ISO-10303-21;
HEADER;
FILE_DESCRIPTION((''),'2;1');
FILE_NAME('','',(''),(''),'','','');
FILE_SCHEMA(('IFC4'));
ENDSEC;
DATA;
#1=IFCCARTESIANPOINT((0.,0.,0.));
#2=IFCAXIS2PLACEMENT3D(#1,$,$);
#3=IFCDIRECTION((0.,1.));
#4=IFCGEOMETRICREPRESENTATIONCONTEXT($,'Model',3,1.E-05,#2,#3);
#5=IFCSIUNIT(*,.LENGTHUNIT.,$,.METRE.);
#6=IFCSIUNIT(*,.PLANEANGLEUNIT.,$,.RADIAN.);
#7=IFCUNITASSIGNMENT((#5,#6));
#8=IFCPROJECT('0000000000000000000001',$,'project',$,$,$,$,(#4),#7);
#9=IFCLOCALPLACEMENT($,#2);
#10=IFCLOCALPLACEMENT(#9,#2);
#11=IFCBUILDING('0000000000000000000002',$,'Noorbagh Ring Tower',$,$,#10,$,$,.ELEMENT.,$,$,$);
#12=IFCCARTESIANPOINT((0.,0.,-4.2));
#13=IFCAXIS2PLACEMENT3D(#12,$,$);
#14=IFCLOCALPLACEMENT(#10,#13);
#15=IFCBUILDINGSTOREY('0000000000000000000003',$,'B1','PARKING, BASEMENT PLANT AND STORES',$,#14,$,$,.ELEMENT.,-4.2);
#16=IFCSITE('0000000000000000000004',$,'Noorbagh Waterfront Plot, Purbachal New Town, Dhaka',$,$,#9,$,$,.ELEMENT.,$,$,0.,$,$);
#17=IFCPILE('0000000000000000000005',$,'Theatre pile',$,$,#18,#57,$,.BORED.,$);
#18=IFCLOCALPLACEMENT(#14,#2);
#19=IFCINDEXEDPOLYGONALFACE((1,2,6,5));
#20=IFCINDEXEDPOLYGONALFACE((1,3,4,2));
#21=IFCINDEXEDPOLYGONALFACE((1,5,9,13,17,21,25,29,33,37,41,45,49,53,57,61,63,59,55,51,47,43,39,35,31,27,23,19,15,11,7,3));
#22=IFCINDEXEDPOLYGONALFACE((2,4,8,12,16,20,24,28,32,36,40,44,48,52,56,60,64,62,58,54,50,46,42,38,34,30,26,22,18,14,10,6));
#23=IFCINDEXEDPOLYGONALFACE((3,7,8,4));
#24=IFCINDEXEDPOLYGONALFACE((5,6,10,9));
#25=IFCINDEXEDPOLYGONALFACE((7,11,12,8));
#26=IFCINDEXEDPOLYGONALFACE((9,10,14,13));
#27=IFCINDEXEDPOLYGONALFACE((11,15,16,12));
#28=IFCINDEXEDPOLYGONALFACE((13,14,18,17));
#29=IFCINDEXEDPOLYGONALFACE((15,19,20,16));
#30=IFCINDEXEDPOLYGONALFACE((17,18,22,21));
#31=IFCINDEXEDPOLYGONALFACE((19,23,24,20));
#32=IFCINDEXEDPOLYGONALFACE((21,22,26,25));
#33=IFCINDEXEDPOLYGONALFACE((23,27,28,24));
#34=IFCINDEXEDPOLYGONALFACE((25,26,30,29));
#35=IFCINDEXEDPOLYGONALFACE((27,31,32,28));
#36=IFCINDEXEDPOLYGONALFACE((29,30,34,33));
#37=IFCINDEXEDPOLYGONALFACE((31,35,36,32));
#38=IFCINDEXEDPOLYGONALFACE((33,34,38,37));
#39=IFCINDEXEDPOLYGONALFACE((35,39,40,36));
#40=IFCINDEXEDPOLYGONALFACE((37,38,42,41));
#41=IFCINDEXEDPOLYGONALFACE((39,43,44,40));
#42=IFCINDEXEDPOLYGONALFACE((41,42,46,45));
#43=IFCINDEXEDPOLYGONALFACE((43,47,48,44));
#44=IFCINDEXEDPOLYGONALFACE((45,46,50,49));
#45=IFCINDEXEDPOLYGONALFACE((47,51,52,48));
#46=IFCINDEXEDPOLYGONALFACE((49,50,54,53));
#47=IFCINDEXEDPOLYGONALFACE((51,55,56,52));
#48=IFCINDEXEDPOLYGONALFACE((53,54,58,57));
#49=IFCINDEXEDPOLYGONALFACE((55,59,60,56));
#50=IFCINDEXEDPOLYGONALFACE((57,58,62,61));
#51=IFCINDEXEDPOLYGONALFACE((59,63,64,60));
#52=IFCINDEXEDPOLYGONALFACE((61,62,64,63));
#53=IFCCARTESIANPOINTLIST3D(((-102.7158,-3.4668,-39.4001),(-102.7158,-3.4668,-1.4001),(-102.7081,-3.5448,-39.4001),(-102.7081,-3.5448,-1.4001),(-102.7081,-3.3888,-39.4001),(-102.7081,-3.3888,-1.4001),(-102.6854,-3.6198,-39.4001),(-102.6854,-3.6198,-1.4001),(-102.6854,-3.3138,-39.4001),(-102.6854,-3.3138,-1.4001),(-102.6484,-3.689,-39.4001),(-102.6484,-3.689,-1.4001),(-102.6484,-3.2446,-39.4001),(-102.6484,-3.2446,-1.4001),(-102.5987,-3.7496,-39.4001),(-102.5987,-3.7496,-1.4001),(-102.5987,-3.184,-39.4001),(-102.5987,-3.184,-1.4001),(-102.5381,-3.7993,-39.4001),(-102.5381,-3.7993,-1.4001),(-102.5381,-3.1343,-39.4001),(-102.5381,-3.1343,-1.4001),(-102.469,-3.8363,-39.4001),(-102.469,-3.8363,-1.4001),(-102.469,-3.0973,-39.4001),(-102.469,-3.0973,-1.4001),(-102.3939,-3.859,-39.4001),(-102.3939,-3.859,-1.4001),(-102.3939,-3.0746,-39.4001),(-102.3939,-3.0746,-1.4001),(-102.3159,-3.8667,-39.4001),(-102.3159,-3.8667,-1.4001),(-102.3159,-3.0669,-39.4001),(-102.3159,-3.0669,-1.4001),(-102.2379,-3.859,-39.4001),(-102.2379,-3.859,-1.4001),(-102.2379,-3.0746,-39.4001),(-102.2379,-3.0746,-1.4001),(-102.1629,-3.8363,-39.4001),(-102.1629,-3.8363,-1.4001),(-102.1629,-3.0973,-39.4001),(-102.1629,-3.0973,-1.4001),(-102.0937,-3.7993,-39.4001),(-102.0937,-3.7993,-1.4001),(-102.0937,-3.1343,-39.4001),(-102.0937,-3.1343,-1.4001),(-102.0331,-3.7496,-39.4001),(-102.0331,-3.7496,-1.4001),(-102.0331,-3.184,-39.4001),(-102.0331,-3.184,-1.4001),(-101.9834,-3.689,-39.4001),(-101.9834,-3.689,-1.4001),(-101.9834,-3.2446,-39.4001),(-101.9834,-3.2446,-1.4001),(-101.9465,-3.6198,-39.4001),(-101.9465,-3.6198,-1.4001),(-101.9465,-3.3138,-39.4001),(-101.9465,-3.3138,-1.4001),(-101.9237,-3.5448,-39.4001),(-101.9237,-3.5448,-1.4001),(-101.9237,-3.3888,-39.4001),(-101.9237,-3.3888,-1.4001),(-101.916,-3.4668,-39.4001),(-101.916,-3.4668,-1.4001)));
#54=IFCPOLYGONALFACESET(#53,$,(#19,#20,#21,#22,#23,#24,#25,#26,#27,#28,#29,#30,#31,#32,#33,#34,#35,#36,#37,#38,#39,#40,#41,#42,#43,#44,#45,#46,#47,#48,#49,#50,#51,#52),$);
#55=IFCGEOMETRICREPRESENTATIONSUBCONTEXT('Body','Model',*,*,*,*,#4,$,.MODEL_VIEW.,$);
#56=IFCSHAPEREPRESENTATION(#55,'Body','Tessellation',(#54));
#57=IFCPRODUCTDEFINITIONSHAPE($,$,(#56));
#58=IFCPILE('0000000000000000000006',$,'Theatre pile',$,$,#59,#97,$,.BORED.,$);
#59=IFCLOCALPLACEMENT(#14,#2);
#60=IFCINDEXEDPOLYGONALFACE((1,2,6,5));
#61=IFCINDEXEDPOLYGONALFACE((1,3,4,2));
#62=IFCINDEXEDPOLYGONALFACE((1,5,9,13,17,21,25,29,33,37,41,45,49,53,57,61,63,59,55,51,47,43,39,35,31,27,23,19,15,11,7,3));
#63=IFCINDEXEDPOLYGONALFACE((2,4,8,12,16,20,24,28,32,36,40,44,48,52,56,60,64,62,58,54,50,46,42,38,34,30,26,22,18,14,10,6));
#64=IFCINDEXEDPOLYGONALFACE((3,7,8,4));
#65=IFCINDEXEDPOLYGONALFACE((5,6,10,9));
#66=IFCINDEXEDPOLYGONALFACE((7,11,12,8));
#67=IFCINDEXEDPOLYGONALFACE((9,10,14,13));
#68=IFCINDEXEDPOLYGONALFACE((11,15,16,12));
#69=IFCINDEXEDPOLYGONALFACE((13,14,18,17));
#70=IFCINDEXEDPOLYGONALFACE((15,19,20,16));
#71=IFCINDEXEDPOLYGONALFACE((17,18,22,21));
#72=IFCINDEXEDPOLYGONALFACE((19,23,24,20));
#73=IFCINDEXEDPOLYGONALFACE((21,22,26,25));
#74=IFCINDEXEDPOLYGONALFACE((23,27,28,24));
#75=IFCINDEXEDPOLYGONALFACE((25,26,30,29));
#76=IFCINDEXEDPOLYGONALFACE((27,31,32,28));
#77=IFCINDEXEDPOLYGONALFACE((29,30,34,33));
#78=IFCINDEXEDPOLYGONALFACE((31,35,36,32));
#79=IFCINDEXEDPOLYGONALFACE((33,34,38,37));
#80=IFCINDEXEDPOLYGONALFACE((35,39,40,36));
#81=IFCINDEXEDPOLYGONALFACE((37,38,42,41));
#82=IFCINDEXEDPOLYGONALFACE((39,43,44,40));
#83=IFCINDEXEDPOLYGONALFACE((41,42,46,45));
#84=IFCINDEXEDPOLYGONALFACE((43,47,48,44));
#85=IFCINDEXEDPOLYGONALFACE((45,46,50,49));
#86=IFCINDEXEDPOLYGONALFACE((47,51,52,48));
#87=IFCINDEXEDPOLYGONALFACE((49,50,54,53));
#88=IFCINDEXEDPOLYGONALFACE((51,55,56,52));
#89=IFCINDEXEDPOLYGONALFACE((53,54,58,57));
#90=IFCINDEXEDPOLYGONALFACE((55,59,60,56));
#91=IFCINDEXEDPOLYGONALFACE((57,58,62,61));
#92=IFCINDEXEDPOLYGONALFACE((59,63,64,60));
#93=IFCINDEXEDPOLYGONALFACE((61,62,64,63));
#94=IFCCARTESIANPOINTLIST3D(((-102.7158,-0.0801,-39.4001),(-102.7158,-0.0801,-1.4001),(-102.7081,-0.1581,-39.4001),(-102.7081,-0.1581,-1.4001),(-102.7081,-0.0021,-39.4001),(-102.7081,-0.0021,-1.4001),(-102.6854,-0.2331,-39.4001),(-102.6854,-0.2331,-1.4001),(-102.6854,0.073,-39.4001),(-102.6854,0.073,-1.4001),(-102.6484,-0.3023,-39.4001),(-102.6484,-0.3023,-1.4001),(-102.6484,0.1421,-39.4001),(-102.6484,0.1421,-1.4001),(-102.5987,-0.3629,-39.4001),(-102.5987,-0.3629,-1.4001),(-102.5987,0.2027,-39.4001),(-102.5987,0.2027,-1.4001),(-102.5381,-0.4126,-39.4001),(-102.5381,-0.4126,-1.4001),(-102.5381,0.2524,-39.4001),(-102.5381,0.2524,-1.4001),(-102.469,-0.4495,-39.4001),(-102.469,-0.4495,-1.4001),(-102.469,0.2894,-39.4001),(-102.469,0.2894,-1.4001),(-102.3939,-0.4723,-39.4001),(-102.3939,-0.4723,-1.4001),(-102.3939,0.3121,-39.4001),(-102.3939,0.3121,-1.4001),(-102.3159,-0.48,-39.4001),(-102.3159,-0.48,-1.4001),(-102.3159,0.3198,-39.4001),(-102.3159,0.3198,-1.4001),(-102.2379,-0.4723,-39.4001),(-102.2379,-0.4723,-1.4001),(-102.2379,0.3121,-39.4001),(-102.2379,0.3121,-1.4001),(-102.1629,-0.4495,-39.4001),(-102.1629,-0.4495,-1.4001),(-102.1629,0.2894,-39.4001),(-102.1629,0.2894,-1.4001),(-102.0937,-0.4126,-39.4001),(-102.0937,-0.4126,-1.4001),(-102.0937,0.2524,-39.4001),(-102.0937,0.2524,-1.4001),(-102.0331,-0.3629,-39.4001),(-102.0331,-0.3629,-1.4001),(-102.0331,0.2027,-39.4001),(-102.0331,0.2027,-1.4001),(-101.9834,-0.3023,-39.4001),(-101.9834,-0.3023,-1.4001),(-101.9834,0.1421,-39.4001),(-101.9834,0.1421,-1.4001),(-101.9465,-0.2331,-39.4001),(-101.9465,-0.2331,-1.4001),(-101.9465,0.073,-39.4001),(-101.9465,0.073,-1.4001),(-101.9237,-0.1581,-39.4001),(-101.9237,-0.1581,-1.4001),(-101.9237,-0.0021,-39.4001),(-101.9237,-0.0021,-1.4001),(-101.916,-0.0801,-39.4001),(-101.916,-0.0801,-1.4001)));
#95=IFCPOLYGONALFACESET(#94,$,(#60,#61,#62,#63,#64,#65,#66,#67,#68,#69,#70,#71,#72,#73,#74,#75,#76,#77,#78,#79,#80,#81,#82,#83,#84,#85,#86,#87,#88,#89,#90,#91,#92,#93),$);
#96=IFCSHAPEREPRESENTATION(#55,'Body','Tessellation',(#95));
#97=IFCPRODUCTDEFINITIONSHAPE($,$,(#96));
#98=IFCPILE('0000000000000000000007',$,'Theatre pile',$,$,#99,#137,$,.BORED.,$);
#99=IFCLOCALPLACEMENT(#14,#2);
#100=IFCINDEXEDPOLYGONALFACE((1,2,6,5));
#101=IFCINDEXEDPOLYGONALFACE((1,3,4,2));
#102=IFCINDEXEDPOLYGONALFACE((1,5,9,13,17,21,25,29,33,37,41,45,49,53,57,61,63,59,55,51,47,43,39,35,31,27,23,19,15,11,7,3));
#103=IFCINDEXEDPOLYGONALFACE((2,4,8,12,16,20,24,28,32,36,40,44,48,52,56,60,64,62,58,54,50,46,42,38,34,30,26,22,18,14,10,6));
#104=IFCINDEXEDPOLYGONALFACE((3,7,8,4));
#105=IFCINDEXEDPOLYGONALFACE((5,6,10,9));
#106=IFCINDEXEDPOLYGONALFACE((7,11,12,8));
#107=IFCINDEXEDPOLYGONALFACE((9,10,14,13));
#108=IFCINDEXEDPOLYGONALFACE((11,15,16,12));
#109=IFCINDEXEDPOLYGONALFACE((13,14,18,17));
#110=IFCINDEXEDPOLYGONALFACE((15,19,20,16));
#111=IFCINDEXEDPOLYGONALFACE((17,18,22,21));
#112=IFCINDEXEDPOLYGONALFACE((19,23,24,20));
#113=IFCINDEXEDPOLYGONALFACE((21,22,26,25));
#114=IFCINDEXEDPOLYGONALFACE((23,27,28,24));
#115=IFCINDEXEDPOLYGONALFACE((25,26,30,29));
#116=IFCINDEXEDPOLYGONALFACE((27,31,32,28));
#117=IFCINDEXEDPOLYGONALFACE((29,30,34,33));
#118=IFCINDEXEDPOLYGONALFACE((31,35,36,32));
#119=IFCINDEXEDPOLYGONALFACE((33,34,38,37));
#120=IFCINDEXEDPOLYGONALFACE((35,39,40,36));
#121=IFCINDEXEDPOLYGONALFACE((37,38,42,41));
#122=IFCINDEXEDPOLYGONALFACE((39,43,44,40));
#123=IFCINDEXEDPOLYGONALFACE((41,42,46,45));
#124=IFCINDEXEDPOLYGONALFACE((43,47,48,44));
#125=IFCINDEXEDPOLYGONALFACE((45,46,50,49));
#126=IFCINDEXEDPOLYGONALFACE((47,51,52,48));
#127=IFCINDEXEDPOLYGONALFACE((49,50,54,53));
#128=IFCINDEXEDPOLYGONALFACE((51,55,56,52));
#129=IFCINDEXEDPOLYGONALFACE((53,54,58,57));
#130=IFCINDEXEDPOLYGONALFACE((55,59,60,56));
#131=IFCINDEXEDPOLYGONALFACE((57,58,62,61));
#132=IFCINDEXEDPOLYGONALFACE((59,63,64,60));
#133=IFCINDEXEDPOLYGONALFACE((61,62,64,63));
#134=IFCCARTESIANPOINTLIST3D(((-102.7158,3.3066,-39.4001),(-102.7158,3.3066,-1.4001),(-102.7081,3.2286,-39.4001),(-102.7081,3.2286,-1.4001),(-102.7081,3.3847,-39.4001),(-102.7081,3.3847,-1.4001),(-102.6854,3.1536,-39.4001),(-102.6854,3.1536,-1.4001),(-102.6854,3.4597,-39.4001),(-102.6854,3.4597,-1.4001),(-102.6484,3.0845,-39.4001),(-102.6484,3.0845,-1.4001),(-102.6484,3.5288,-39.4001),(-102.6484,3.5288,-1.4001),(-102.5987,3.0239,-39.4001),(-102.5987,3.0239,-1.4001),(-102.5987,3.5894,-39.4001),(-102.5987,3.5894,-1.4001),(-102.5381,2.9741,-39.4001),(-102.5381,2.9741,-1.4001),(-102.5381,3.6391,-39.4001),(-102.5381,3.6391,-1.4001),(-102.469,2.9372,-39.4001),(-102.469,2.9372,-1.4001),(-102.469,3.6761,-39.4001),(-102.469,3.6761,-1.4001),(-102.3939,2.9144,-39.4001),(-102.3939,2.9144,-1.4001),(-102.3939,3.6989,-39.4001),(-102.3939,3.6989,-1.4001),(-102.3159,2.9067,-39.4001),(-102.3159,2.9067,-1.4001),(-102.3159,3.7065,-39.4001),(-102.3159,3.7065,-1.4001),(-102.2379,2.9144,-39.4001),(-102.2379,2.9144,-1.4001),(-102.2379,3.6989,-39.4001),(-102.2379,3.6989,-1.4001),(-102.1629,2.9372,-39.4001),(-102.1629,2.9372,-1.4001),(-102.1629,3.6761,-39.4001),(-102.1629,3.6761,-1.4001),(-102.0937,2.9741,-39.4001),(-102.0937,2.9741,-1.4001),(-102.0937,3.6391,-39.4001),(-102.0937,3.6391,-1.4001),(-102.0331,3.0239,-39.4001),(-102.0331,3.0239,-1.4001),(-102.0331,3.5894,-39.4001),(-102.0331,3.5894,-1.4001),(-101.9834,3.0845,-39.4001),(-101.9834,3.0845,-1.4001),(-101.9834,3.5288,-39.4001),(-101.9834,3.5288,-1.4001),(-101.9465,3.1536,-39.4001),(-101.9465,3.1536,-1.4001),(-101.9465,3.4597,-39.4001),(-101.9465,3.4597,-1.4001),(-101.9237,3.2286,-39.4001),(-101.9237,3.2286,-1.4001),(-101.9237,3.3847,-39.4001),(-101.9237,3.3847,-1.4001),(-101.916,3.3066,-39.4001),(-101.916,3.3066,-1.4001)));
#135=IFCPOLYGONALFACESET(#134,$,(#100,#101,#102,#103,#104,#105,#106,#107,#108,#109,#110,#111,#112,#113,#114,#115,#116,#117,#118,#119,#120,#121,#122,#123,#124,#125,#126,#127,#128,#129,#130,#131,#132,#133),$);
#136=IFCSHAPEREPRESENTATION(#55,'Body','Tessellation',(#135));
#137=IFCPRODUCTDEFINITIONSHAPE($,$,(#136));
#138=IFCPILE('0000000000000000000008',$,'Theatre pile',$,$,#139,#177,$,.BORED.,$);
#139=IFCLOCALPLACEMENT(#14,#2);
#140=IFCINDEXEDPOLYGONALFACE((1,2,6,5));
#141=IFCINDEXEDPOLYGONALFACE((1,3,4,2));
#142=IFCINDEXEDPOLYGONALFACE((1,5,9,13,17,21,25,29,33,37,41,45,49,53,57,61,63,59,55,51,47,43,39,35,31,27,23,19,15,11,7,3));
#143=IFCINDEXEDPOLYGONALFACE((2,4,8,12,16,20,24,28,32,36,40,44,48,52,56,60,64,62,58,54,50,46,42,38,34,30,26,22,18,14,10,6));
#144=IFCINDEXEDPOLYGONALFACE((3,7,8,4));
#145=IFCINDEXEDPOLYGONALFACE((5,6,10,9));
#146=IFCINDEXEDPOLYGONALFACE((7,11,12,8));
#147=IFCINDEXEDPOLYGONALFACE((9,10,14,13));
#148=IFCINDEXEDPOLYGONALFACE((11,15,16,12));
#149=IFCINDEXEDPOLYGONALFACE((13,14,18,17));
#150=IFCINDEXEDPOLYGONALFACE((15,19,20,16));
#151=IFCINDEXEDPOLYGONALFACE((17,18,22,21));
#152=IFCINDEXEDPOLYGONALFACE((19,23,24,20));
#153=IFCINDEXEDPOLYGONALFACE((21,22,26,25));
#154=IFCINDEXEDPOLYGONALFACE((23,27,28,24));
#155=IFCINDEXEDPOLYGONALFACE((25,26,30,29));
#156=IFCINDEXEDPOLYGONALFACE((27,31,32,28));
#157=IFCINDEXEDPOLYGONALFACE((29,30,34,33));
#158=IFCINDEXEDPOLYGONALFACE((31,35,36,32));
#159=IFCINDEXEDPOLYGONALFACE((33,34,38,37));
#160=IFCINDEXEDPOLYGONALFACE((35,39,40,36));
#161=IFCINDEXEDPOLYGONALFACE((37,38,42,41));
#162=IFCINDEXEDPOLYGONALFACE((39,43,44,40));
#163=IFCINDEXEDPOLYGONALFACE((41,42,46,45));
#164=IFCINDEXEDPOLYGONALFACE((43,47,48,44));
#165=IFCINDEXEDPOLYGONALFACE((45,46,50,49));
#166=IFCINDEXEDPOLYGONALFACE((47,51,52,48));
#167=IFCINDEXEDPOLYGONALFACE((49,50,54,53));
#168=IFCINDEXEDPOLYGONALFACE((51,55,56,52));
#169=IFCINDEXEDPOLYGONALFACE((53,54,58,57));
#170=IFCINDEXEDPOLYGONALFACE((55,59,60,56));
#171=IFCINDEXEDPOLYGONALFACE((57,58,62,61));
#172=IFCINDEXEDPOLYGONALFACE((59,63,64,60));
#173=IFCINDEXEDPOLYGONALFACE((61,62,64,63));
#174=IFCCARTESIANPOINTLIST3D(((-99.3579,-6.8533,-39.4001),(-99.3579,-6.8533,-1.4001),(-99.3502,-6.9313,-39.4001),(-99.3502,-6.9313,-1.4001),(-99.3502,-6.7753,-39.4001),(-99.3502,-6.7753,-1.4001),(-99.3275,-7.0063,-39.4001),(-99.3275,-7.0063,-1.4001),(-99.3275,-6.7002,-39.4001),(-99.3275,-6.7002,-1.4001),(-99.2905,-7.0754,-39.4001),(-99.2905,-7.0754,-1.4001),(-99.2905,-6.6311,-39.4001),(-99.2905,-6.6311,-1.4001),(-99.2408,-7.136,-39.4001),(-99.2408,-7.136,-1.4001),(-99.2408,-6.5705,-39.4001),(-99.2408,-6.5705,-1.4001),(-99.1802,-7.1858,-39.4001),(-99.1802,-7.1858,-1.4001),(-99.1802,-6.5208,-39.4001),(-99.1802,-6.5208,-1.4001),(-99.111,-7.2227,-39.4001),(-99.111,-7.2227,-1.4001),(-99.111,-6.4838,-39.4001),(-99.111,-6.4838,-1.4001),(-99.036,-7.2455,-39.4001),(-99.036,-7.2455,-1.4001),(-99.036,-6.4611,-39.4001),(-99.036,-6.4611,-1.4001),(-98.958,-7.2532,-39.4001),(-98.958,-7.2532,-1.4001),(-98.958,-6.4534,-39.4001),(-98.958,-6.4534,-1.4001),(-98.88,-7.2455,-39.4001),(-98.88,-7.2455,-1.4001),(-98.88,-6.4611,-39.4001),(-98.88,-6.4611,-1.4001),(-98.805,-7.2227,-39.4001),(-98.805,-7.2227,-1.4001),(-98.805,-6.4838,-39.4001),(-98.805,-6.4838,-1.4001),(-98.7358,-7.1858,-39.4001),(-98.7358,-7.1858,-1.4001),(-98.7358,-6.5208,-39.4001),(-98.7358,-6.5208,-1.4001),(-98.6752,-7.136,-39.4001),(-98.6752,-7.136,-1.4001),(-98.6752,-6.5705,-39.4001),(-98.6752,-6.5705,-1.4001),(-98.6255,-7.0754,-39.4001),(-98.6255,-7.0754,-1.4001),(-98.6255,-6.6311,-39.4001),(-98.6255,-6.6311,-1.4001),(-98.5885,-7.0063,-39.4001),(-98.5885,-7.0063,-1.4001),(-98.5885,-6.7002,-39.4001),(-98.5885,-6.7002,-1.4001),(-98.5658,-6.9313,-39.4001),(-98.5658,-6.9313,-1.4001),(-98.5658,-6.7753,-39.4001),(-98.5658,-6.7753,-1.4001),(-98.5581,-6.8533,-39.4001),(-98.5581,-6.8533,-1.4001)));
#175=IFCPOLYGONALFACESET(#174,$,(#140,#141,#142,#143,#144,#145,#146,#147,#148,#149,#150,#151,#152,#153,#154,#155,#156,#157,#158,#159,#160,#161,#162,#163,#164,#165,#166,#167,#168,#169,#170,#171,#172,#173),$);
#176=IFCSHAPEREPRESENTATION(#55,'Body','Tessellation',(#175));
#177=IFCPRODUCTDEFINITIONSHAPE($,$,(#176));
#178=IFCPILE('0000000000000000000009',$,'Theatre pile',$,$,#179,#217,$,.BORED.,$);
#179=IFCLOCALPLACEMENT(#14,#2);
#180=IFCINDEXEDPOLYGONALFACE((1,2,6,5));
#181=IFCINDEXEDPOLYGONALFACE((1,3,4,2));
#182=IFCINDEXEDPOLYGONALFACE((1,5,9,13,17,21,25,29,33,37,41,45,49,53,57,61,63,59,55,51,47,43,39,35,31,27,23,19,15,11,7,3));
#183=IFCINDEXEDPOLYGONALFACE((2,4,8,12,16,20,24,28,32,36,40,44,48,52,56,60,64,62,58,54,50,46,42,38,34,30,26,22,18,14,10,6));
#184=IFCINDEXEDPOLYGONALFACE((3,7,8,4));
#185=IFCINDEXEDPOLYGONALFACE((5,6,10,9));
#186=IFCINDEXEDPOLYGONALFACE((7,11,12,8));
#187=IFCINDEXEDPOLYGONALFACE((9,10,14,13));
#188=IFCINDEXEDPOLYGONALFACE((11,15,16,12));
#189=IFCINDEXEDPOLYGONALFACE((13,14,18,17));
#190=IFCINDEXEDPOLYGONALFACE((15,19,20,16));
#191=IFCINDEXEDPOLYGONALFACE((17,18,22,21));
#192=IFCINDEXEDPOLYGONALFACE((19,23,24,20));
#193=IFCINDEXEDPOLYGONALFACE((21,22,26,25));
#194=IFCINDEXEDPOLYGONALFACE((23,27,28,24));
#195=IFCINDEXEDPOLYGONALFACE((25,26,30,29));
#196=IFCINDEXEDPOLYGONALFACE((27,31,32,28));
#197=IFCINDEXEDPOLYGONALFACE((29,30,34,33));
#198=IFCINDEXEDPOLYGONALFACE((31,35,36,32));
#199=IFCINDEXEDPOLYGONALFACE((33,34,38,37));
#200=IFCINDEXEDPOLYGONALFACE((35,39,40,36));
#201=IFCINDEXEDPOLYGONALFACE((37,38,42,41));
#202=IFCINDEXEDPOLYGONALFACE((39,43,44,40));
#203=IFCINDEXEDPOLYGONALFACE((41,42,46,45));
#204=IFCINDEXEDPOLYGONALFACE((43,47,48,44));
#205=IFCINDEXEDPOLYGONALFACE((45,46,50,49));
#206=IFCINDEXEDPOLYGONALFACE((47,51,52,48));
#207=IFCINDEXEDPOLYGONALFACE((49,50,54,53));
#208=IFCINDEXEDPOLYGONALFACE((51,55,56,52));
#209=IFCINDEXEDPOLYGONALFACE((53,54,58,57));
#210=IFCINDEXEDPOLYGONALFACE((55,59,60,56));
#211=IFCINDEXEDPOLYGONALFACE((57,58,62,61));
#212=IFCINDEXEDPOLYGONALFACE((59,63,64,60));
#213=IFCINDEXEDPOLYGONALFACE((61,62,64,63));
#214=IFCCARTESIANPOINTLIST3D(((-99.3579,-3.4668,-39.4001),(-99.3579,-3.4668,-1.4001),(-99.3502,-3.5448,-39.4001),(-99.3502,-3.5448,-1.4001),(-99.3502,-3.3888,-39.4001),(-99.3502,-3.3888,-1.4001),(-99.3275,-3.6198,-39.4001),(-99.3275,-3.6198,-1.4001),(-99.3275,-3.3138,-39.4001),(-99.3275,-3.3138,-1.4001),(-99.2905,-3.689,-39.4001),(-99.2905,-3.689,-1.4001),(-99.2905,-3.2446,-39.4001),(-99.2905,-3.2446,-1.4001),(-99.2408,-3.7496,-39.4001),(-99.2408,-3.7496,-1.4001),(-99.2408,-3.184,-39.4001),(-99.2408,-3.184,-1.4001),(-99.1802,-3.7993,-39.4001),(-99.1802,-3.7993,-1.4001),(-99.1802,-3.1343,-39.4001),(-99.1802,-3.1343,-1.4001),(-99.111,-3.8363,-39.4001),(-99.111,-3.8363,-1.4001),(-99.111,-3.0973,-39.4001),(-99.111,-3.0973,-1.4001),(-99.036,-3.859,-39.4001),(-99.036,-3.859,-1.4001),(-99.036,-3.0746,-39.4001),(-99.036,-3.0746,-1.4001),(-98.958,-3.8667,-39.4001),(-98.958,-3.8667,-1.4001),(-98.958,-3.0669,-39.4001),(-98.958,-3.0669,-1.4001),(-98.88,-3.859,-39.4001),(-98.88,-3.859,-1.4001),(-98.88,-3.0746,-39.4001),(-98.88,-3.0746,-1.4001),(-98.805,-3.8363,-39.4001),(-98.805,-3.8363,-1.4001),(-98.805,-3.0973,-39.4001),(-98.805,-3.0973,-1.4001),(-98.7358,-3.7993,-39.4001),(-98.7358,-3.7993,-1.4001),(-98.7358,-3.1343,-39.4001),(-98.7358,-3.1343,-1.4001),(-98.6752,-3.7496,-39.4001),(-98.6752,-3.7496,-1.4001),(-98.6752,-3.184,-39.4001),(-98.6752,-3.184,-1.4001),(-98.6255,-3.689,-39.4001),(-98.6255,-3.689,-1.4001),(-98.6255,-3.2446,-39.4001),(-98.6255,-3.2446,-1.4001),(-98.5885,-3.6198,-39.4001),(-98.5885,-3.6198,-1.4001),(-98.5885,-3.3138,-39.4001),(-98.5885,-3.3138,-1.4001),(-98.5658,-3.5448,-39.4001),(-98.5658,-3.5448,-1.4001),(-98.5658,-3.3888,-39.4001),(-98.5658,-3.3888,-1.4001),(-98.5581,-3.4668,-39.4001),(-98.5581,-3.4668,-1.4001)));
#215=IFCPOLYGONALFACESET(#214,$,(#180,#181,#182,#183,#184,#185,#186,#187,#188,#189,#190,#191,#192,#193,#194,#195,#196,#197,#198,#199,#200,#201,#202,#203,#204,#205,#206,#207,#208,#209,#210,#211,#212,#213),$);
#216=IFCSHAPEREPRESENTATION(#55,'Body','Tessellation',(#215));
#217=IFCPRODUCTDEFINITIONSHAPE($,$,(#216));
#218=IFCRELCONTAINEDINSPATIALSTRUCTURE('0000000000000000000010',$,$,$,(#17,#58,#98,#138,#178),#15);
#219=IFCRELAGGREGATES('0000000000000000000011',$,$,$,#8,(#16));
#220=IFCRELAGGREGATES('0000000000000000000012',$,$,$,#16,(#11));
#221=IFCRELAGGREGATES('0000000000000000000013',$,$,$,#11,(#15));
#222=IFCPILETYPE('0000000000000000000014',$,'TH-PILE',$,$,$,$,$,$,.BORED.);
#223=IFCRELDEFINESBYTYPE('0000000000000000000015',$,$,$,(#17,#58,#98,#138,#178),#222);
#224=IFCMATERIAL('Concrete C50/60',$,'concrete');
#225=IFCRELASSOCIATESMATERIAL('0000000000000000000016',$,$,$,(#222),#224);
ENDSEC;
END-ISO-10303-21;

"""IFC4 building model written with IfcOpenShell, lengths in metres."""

from ifc_helpers import new_model, si_unit, direction, frame, origin, origin_2d, place, context, subcontext, project, spatial, circle, extrude, material, material_profile, profile_set, type_object, element, save


model = new_model("IFC4")

# Units and contexts
model_context = context("Model", 3, precision=1e-05, world=origin(), true_north=direction((0.0, 1.0)))
body_context = subcontext(model_context, "Body", "Model", "MODEL_VIEW")
ifc_project = project(units=[si_unit("LENGTHUNIT", "METRE"), si_unit("PLANEANGLEUNIT", "RADIAN")], contexts=[model_context])

# Site, building, storey
site_placement = place(None, origin())
site = spatial("IfcSite", under=ifc_project, at=site_placement, Name="Noorbagh Waterfront Plot, Purbachal New Town, Dhaka", CompositionType="ELEMENT", RefElevation=0.0)
building_placement = place(site_placement, origin())
building = spatial("IfcBuilding", under=site, at=building_placement, Name="Noorbagh Ring Tower", CompositionType="ELEMENT")
storey_placement = place(building_placement, frame((0.0, 0.0, -4.2)))
storey = spatial("IfcBuildingStorey", under=building, at=storey_placement, Name="B1", Description="PARKING, BASEMENT PLANT AND STORES", CompositionType="ELEMENT", Elevation=-4.2)

# Piles
ifc_material_1 = material(Name="Concrete C50/60", Category="concrete")
ifc_material_profile_1 = material_profile(ifc_material_1, circle(Radius=0.3999, at=origin_2d()), Name="PILE800")
ifc_profile_set_1 = profile_set([ifc_material_profile_1], Name="Concrete C50/60")
pile_type = type_object("IfcPileType", Name="TH-PILE", PredefinedType="BORED", material=ifc_profile_set_1)
for number, where, z_axis, x_axis, name in (
    (1, (-102.3159, -3.4668, -1.4001), (0.0, 0.0, -1.0), (1.0, 0.0, 0.0), "Theatre pile"),
    (2, (-102.3159, -0.0801, -1.4001), (0.0, 0.0, -1.0), (1.0, 0.0, 0.0), "Theatre pile"),
    (3, (-102.3159, 3.3066, -1.4001), (0.0, 0.0, -1.0), (1.0, 0.0, 0.0), "Theatre pile"),
    (4, (-98.958, -6.8533, -1.4001), (0.0, 0.0, -1.0), (1.0, 0.0, 0.0), "Theatre pile"),
    (5, (-98.958, -3.4668, -1.4001), (0.0, 0.0, -1.0), (1.0, 0.0, 0.0), "Theatre pile"),
):
    element("IfcPile", number, at=place(storey_placement, frame(where, z_axis=z_axis, x_axis=x_axis)), inside=storey, type_object=pile_type, Name=name, PredefinedType="BORED", context=body_context, shape_type="SweptSolid", body=[
        extrude(circle(Radius=0.3999, at=origin_2d()), origin(), (0.0, 0.0, 1.0), 38.0),
    ])

save(model, "model.ifc")
